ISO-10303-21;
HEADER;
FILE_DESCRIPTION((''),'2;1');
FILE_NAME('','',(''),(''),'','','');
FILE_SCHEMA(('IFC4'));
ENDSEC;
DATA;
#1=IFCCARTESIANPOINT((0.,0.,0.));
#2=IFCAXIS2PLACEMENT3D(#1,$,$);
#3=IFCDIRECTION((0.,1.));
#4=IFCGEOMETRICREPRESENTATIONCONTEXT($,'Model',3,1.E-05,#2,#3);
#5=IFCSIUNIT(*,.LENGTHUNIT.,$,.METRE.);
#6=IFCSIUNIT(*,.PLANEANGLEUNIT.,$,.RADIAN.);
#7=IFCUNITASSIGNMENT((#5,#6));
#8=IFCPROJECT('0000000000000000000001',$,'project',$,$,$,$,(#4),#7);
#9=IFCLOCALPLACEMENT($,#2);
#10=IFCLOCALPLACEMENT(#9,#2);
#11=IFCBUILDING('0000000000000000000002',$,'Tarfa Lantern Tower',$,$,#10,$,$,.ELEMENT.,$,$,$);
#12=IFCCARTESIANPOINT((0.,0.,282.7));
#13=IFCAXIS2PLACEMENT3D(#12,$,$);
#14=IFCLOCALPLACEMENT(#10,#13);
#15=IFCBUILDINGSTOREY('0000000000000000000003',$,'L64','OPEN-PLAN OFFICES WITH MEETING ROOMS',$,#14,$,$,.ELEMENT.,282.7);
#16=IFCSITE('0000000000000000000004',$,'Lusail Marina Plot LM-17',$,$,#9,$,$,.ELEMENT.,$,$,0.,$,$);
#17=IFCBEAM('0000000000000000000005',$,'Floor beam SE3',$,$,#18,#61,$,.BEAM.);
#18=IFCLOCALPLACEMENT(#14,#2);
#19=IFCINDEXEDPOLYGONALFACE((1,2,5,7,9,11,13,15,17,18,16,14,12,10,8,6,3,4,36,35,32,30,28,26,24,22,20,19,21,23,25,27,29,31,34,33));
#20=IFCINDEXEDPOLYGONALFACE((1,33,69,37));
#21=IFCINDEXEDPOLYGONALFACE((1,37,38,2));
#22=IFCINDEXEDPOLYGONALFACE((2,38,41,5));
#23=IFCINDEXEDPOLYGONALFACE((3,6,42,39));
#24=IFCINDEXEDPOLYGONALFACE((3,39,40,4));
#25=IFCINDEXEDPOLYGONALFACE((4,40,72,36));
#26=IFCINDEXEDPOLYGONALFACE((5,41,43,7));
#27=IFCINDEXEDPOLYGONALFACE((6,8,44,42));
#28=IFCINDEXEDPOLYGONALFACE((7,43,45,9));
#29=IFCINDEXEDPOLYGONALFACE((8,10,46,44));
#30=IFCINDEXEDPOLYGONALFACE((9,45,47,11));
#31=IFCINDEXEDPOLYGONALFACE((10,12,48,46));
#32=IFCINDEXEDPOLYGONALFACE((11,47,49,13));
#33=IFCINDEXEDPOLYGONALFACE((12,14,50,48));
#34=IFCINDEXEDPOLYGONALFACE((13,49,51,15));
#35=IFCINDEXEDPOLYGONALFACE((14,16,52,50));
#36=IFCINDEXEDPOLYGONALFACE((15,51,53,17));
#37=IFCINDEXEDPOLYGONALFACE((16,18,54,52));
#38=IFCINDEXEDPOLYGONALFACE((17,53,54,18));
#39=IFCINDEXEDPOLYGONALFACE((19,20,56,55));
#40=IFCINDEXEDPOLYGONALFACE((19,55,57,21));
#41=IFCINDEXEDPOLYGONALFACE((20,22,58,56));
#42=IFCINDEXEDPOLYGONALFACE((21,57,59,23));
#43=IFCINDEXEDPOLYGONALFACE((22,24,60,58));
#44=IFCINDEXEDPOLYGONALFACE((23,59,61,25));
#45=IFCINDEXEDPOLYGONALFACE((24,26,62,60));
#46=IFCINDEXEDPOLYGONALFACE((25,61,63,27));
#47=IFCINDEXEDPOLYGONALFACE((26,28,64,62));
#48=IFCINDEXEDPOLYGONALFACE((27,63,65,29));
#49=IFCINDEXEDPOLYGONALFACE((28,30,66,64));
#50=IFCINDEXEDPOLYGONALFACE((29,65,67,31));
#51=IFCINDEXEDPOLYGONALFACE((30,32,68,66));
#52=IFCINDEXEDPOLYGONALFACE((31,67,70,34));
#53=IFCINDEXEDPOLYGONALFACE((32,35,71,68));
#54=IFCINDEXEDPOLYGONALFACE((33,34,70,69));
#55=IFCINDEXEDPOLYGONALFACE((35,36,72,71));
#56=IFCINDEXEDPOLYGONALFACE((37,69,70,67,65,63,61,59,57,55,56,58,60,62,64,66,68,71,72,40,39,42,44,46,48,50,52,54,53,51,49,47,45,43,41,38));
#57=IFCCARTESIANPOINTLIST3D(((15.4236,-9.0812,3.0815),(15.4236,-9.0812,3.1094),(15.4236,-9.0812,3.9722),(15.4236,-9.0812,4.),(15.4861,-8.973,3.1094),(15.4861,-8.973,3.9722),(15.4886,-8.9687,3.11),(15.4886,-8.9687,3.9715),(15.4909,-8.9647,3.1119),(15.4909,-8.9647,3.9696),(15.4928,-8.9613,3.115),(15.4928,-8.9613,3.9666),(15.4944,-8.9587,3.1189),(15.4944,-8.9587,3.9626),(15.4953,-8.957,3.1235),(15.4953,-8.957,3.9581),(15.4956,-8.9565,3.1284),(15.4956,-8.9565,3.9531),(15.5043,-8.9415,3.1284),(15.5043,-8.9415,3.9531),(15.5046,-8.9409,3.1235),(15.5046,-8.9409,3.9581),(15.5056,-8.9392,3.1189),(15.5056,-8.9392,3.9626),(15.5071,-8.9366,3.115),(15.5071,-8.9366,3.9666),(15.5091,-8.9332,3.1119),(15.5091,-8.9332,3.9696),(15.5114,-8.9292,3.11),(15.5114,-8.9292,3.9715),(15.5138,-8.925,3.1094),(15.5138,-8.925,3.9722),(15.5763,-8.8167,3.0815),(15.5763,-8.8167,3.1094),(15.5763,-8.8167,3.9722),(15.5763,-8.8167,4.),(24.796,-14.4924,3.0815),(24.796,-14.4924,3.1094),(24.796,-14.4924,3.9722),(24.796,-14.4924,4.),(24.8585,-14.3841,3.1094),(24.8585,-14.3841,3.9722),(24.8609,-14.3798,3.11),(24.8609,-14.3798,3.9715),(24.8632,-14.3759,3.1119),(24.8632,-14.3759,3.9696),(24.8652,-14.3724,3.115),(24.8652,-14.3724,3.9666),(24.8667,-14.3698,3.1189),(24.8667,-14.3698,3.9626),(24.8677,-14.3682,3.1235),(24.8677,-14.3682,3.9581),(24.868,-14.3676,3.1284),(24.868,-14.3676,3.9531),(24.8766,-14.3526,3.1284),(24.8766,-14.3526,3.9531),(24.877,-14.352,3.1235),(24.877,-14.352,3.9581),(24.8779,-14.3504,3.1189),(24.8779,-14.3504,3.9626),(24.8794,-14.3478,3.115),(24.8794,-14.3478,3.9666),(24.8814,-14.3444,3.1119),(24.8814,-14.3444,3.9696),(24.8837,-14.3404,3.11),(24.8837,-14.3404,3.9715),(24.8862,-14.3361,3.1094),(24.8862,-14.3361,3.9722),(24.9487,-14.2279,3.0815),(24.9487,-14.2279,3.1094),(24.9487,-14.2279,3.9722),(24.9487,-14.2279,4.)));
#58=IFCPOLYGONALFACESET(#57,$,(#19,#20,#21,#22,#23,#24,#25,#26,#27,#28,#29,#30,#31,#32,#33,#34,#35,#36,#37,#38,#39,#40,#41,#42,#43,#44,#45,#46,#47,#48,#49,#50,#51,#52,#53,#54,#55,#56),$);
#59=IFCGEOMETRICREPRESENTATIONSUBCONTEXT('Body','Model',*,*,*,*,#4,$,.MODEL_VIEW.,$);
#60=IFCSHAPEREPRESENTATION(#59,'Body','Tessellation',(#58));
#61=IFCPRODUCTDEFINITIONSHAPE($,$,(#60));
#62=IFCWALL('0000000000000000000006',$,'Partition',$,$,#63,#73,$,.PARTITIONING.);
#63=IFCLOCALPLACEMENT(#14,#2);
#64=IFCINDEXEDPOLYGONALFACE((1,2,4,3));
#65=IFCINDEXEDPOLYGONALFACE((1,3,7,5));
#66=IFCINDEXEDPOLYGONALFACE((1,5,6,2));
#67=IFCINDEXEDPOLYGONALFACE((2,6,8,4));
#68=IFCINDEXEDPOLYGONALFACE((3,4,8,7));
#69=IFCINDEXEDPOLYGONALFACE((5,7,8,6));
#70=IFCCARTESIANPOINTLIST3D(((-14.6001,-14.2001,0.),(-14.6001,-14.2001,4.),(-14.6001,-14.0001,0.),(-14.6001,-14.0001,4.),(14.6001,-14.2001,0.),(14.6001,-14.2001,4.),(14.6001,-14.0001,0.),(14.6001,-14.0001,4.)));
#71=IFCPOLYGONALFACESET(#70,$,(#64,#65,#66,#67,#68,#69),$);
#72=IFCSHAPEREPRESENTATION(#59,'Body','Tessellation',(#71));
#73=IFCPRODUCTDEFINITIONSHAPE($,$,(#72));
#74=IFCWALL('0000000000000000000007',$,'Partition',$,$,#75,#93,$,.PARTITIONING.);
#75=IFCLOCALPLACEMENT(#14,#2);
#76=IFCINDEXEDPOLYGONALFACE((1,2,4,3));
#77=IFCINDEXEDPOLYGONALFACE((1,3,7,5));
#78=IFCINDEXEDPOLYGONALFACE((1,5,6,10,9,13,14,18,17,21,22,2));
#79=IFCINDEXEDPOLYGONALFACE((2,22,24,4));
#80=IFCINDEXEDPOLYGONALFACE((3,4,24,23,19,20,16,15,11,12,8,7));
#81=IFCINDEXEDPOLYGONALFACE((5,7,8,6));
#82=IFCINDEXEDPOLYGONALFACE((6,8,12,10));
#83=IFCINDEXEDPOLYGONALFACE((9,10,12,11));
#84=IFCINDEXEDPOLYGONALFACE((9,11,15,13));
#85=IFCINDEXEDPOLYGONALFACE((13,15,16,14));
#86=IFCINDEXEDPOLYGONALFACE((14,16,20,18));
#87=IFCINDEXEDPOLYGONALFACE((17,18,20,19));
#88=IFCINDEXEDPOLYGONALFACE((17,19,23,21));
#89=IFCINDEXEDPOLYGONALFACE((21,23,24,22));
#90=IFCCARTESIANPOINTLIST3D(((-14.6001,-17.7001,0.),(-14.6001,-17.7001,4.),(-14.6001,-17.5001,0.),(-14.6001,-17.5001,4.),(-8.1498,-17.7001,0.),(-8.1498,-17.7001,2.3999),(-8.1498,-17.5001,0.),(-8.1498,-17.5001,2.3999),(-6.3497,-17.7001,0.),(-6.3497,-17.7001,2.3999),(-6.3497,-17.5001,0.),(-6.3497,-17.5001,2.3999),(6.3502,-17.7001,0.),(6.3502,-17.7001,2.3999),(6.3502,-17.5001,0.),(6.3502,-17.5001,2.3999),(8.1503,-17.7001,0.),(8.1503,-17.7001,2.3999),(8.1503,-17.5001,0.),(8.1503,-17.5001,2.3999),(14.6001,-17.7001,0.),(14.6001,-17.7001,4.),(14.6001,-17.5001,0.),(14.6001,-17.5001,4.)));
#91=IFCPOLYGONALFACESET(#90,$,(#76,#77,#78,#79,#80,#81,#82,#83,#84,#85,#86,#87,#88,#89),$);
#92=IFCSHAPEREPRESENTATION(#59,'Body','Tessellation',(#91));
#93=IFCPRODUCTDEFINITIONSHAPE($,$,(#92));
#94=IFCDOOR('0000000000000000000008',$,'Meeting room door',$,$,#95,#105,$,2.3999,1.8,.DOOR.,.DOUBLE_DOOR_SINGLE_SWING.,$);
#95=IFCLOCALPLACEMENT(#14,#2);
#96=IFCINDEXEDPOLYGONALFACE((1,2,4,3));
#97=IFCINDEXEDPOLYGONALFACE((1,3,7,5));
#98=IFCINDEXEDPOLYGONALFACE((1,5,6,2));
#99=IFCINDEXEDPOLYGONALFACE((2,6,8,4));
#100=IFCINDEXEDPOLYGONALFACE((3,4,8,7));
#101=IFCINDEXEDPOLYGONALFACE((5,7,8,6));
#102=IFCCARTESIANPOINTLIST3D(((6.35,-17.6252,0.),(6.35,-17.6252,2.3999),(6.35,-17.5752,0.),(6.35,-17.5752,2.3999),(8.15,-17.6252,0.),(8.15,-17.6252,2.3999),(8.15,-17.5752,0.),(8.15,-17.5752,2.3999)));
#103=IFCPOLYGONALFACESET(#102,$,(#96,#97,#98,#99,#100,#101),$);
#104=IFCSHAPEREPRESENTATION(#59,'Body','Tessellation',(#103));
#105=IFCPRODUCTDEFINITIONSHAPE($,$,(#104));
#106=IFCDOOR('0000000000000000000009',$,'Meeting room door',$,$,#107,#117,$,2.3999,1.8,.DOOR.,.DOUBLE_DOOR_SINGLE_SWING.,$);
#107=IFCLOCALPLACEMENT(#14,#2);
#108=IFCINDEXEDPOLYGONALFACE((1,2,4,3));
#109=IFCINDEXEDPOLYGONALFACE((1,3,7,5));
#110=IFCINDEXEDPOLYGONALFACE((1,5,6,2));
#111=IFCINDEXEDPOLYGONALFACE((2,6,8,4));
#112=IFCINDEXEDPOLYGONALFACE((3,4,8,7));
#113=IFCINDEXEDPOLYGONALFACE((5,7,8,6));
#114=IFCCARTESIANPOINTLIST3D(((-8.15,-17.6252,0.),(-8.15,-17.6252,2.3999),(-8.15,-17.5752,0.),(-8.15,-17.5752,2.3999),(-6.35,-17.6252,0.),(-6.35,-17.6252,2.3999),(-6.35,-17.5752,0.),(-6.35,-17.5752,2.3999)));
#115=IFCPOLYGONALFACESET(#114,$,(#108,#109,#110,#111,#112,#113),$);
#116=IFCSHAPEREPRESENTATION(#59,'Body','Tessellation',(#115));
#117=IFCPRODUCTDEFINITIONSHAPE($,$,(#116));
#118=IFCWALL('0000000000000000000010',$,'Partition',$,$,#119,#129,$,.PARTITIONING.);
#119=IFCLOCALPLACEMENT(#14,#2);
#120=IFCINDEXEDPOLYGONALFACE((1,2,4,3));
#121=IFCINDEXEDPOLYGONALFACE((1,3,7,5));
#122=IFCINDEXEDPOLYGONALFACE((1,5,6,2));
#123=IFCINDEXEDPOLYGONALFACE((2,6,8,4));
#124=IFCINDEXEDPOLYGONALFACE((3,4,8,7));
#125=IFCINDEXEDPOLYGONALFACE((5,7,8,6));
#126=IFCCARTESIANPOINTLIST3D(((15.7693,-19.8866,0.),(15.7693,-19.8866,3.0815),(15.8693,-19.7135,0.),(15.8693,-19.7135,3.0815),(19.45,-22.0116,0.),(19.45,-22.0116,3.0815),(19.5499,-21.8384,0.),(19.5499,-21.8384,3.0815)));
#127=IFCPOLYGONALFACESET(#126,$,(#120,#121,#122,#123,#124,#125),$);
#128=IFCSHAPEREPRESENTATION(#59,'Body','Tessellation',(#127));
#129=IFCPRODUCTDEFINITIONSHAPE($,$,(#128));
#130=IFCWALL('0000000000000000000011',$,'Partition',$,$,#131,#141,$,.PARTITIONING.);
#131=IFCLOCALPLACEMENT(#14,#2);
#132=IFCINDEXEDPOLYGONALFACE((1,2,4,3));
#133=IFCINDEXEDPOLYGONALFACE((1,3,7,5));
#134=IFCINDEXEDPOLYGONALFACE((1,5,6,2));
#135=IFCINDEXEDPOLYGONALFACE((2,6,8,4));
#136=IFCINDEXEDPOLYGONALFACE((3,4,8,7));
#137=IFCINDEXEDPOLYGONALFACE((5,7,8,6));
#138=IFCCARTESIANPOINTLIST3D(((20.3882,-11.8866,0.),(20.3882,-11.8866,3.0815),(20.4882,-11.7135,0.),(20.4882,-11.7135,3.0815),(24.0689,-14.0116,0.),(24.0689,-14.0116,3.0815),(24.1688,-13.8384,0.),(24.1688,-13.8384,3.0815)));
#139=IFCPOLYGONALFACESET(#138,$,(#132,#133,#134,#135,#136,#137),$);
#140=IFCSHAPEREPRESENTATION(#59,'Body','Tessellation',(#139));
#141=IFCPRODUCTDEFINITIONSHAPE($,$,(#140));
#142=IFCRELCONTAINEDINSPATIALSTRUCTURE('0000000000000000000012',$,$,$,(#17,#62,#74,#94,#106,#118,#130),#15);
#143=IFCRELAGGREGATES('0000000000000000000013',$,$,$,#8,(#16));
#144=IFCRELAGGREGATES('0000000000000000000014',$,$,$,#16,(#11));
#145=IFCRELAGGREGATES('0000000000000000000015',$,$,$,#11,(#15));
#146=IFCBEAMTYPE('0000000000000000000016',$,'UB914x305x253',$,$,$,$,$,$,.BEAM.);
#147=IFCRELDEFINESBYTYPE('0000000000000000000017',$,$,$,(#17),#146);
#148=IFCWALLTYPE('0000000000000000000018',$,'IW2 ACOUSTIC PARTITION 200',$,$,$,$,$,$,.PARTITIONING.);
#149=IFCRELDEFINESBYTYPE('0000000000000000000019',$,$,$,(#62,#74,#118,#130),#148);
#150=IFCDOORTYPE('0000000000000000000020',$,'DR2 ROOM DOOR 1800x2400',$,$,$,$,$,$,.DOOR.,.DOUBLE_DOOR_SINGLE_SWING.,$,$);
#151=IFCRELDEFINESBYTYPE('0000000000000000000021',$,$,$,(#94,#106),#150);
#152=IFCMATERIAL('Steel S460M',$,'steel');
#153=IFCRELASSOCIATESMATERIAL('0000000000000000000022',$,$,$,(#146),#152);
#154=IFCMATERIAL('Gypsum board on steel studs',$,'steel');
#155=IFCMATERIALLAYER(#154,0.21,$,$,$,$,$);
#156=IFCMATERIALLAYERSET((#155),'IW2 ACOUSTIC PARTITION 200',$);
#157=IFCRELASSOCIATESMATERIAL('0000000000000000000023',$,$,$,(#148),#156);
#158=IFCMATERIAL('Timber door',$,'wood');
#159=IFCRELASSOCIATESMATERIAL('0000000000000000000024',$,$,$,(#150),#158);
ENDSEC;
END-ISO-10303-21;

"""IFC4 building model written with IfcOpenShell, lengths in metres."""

from ifc_helpers import new_model, si_unit, direction, frame, frame_2d, origin, origin_2d, place, context, subcontext, project, spatial, rectangle, i_section, extrude, material, layer, layer_set, material_profile, profile_set, type_object, element, fill, save


model = new_model("IFC4")

# Units and contexts
model_context = context("Model", 3, precision=1e-05, world=origin(), true_north=direction((0.0, 1.0)))
body_context = subcontext(model_context, "Body", "Model", "MODEL_VIEW")
ifc_project = project(units=[si_unit("LENGTHUNIT", "METRE"), si_unit("PLANEANGLEUNIT", "RADIAN")], contexts=[model_context])

# Site, building, storey
site_placement = place(None, origin())
site = spatial("IfcSite", under=ifc_project, at=site_placement, Name="Lusail Marina Plot LM-17", CompositionType="ELEMENT", RefElevation=0.0)
building_placement = place(site_placement, origin())
building = spatial("IfcBuilding", under=site, at=building_placement, Name="Tarfa Lantern Tower", CompositionType="ELEMENT")
storey_placement = place(building_placement, frame((0.0, 0.0, 282.7)))
storey = spatial("IfcBuildingStorey", under=building, at=storey_placement, Name="L64", Description="OPEN-PLAN OFFICES WITH MEETING ROOMS", CompositionType="ELEMENT", Elevation=282.7)

# Beam
ifc_material_1 = material(Name="Steel S460M", Category="steel")
ifc_material_profile_1 = material_profile(ifc_material_1, i_section(OverallWidth=0.3054, OverallDepth=0.9185, WebThickness=0.0173, FlangeThickness=0.0278, FilletRadius=0.019, at=origin_2d()), Name="UB914x305x253")
ifc_profile_set_1 = profile_set([ifc_material_profile_1], Name="Steel S460M")
beam_type_1 = type_object("IfcBeamType", Name="UB914x305x253", PredefinedType="BEAM", material=ifc_profile_set_1)
beam_1_placement = place(storey_placement, frame((24.8723, -14.3601, 3.5408), z_axis=(-0.866024, 0.500002, 0.0), x_axis=(-0.500002, -0.866024, 0.0)))
element("IfcBeam", 1, at=beam_1_placement, inside=storey, type_object=beam_type_1, Name="Floor beam SE3", PredefinedType="BEAM", context=body_context, shape_type="SweptSolid", body=[
    extrude(i_section(OverallWidth=0.3054, OverallDepth=0.9185, WebThickness=0.0173, FlangeThickness=0.0278, FilletRadius=0.019, at=origin_2d()), origin(), (0.0, 0.0, 1.0), 10.8223),
])

# Wall
ifc_material_2 = material(Name="Gypsum board on steel studs", Category="steel")
ifc_layer_1 = layer(ifc_material_2, 0.21)
ifc_layer_set_1 = layer_set([ifc_layer_1], Name="IW2 ACOUSTIC PARTITION 200")
wall_type_1 = type_object("IfcWallType", Name="IW2 ACOUSTIC PARTITION 200", PredefinedType="PARTITIONING", material=ifc_layer_set_1)
wall_1_placement = place(storey_placement, frame((14.6001, -14.1001, 0.0), z_axis=(0.0, 0.0, 1.0), x_axis=(-1.0, 0.0, 0.0)))
element("IfcWall", 2, at=wall_1_placement, inside=storey, type_object=wall_type_1, Name="Partition", PredefinedType="PARTITIONING", context=body_context, shape_type="SweptSolid", body=[
    extrude(rectangle(XDim=29.2002, YDim=0.2, at=frame_2d((14.6001, 0.0))), origin(), (0.0, 0.0, 1.0), 4.0),
])

# Wall, openings, doors
wall_2_placement = place(storey_placement, frame((14.6001, -17.6001, 0.0), z_axis=(0.0, 0.0, 1.0), x_axis=(-1.0, 0.0, 0.0)))
wall_2 = element("IfcWall", 3, at=wall_2_placement, inside=storey, type_object=wall_type_1, Name="Partition", PredefinedType="PARTITIONING", context=body_context, shape_type="SweptSolid", body=[
    extrude(rectangle(XDim=29.2002, YDim=0.2, at=frame_2d((14.6001, 0.0))), origin(), (0.0, 0.0, 1.0), 4.0),
])
opening_1_placement = place(wall_2_placement, frame((6.45, 0.0, 0.0)))
opening_1 = element("IfcOpeningElement", 4, at=opening_1_placement, cuts=wall_2, PredefinedType="OPENING", context=body_context, shape_type="SweptSolid", body=[
    extrude(rectangle(XDim=1.8, YDim=2.3999, at=frame_2d((0.8999, 1.2))), frame((0.0, 0.1099, 0.0), z_axis=(0.0, -1.0, 0.0), x_axis=(1.0, 0.0, 0.0)), (0.0, 0.0, 1.0), 0.22),
])
opening_2_placement = place(wall_2_placement, frame((20.95, 0.0, 0.0)))
opening_2 = element("IfcOpeningElement", 5, at=opening_2_placement, cuts=wall_2, PredefinedType="OPENING", context=body_context, shape_type="SweptSolid", body=[
    extrude(rectangle(XDim=1.8, YDim=2.3999, at=frame_2d((0.8999, 1.2))), frame((0.0, 0.1099, 0.0), z_axis=(0.0, -1.0, 0.0), x_axis=(1.0, 0.0, 0.0)), (0.0, 0.0, 1.0), 0.22),
])
ifc_material_3 = material(Name="Timber door", Category="wood")
door_type_1 = type_object("IfcDoorType", Name="DR2 ROOM DOOR 1800x2400", OperationType="DOUBLE_DOOR_SINGLE_SWING", PredefinedType="DOOR", material=ifc_material_3)
door_1_placement = place(opening_1_placement, frame((1.8, 0.0, 0.0), z_axis=(0.0, 0.0, 1.0), x_axis=(-1.0, 0.0, 0.0)))
door_1 = element("IfcDoor", 6, at=door_1_placement, inside=storey, type_object=door_type_1, Name="Meeting room door", OperationType="DOUBLE_DOOR_SINGLE_SWING", OverallHeight=2.3999, OverallWidth=1.8, PredefinedType="DOOR", context=body_context, shape_type="SweptSolid", body=[
    extrude(rectangle(XDim=1.8, YDim=2.3999, at=frame_2d((0.8999, 1.2))), frame((0.0, 0.0249, 0.0), z_axis=(0.0, -1.0, 0.0), x_axis=(1.0, 0.0, 0.0)), (0.0, 0.0, 1.0), 0.05),
])
fill(opening_1, door_1)
door_2_placement = place(opening_2_placement, frame((1.8, 0.0, 0.0), z_axis=(0.0, 0.0, 1.0), x_axis=(-1.0, 0.0, 0.0)))
door_2 = element("IfcDoor", 7, at=door_2_placement, inside=storey, type_object=door_type_1, Name="Meeting room door", OperationType="DOUBLE_DOOR_SINGLE_SWING", OverallHeight=2.3999, OverallWidth=1.8, PredefinedType="DOOR", context=body_context, shape_type="SweptSolid", body=[
    extrude(rectangle(XDim=1.8, YDim=2.3999, at=frame_2d((0.8999, 1.2))), frame((0.0, 0.0249, 0.0), z_axis=(0.0, -1.0, 0.0), x_axis=(1.0, 0.0, 0.0)), (0.0, 0.0, 1.0), 0.05),
])
fill(opening_2, door_2)

# Walls
for number, where, z_axis, x_axis, name in (
    (8, (15.8193, -19.8, 0.0), (0.0, 0.0, 1.0), (0.866029, -0.499994, 0.0), "Partition"),
    (9, (20.4382, -11.8, 0.0), (0.0, 0.0, 1.0), (0.866029, -0.499994, 0.0), "Partition"),
):
    element("IfcWall", number, at=place(storey_placement, frame(where, z_axis=z_axis, x_axis=x_axis)), inside=storey, type_object=wall_type_1, Name=name, PredefinedType="PARTITIONING", context=body_context, shape_type="SweptSolid", body=[
        extrude(rectangle(XDim=4.25, YDim=0.2, at=frame_2d((2.125, 0.0))), origin(), (0.0, 0.0, 1.0), 3.0815),
    ])

save(model, "model.ifc")
